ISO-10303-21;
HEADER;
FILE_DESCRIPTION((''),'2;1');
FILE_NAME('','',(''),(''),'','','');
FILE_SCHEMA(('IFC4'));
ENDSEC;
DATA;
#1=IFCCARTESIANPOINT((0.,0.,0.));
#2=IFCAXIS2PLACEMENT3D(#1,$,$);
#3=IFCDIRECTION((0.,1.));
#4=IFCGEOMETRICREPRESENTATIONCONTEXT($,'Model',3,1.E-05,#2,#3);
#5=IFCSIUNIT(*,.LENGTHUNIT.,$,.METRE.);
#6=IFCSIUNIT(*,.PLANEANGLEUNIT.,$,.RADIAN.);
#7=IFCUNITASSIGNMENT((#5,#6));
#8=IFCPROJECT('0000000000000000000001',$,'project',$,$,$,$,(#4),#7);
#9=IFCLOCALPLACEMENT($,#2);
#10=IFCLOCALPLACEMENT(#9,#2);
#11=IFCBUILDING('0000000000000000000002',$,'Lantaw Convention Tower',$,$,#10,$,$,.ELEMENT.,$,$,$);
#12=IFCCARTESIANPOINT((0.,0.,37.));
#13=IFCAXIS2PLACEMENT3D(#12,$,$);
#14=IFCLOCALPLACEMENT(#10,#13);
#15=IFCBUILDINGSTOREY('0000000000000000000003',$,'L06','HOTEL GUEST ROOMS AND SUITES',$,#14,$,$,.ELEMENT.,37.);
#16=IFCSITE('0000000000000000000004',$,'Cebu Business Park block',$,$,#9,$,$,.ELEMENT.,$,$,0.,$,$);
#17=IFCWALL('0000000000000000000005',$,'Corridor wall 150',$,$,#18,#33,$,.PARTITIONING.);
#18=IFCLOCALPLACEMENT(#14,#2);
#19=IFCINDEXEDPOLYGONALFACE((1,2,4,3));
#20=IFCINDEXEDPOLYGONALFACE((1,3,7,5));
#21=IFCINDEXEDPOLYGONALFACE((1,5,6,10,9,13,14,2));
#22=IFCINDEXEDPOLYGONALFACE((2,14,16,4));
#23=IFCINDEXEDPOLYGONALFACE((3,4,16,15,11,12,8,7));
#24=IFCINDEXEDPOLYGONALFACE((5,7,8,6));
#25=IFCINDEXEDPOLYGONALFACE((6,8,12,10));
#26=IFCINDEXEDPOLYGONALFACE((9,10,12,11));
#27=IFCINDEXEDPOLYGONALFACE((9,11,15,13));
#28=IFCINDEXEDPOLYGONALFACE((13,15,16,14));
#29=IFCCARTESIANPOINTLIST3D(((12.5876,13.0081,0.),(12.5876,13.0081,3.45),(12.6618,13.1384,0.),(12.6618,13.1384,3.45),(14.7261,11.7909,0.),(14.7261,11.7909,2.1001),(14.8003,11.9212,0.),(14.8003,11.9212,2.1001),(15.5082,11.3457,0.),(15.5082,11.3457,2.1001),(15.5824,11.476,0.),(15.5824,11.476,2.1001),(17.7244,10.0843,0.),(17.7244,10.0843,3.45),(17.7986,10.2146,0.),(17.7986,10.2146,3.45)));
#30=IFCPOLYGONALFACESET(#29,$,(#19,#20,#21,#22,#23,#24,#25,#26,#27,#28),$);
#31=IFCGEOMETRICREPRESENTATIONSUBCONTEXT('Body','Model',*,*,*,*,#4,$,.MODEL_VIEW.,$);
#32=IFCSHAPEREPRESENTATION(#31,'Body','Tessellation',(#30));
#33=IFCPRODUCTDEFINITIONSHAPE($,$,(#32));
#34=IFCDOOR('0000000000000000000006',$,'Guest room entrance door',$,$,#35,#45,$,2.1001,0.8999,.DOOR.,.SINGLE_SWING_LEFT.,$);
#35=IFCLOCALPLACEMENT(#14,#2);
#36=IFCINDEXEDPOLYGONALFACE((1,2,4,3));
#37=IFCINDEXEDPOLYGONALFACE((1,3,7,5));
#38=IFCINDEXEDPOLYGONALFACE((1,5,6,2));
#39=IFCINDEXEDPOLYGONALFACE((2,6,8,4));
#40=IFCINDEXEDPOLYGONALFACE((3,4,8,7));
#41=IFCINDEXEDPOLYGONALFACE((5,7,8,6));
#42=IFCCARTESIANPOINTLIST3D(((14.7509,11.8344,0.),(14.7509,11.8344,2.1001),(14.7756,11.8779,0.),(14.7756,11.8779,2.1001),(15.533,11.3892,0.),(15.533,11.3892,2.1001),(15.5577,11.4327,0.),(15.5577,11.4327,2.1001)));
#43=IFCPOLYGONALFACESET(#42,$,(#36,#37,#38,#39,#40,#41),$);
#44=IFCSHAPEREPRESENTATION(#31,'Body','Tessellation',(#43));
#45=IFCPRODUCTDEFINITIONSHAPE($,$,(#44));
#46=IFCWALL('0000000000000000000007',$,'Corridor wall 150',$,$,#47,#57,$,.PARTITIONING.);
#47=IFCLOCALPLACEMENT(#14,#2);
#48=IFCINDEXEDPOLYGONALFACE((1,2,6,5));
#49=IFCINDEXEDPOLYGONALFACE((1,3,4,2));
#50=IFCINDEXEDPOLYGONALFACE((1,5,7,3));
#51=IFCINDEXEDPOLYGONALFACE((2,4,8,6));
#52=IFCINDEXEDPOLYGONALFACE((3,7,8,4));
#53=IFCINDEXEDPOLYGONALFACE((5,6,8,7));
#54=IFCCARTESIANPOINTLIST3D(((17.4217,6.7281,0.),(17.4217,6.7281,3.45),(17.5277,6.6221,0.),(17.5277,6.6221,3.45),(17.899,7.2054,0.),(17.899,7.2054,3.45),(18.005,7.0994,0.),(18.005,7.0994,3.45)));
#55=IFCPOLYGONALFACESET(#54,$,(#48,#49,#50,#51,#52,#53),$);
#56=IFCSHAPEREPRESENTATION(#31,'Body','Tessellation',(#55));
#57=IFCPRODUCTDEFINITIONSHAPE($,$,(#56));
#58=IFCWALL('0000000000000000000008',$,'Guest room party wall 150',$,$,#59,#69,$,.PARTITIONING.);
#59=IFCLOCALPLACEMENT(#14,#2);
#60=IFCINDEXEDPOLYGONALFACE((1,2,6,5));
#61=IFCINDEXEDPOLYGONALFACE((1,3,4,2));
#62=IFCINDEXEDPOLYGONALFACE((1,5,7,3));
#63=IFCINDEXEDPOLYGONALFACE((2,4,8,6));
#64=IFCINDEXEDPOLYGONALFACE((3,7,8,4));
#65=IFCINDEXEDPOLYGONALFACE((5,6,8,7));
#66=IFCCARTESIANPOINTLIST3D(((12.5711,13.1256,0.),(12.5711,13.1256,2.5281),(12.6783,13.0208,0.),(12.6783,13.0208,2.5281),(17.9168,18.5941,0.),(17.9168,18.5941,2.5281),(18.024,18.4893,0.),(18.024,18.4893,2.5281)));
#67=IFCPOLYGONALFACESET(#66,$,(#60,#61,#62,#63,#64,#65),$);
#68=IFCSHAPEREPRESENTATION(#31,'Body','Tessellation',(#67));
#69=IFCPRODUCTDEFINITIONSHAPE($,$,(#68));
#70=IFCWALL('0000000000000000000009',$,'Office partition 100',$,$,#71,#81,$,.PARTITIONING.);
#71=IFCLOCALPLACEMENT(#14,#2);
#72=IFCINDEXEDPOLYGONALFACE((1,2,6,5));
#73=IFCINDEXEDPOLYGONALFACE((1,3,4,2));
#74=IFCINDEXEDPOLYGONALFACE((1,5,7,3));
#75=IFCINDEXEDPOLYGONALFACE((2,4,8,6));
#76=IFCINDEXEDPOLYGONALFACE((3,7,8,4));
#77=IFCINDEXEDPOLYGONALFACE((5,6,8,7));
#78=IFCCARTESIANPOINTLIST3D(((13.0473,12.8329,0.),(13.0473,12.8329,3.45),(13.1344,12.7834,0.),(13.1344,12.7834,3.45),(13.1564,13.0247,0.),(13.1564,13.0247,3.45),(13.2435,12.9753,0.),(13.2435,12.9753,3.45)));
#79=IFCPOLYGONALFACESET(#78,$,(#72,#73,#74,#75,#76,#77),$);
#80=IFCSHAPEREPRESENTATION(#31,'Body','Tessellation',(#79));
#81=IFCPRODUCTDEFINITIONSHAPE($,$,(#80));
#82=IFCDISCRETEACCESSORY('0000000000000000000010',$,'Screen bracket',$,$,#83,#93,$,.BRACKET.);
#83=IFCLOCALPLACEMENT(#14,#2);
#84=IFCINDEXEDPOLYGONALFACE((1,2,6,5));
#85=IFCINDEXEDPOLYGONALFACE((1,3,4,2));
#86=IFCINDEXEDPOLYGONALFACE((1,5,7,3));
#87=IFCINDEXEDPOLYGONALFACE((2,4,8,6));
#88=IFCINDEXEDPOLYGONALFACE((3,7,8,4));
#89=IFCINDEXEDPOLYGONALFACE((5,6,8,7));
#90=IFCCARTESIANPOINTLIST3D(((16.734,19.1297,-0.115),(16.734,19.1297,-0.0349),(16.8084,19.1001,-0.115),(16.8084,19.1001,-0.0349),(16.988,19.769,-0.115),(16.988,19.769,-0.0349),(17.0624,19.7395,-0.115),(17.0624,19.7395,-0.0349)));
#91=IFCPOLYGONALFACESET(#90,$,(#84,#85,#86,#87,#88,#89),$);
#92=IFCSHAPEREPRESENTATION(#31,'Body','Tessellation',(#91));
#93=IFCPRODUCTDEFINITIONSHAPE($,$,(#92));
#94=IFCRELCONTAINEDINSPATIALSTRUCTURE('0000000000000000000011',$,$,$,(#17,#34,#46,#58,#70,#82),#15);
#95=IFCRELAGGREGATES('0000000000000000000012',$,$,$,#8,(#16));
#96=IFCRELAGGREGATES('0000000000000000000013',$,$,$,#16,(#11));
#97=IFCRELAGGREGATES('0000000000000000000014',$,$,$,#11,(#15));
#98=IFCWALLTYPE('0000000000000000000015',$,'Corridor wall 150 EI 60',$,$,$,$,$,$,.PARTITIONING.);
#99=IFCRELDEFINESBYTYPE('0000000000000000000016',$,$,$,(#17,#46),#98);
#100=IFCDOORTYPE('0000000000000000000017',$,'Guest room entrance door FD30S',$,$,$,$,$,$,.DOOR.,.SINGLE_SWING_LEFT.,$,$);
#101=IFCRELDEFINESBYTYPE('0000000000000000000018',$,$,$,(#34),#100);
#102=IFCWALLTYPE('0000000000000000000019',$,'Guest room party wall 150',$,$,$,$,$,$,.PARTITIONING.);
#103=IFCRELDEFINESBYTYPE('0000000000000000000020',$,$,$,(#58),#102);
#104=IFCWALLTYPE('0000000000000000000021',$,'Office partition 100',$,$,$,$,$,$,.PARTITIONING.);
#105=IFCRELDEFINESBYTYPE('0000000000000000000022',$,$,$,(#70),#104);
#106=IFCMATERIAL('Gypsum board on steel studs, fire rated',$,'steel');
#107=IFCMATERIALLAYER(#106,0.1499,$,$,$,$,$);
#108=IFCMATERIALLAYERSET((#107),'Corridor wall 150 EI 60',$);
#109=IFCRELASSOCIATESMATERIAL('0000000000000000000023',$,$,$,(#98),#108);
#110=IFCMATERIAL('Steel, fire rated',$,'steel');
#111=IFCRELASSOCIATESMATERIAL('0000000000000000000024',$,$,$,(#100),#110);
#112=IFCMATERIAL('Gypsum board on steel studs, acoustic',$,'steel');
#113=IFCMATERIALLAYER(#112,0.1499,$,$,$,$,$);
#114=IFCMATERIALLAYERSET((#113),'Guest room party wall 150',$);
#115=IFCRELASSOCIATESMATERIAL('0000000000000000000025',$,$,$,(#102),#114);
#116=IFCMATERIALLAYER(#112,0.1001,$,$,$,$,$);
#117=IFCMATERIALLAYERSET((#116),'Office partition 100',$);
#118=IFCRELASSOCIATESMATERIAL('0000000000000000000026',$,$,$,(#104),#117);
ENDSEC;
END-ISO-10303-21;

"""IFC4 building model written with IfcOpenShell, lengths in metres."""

from ifc_helpers import new_model, si_unit, direction, frame, frame_2d, origin, origin_2d, place, context, subcontext, project, spatial, rectangle, extrude, material, layer, layer_set, type_object, element, fill, save


model = new_model("IFC4")

# Units and contexts
model_context = context("Model", 3, precision=1e-05, world=origin(), true_north=direction((0.0, 1.0)))
body_context = subcontext(model_context, "Body", "Model", "MODEL_VIEW")
ifc_project = project(units=[si_unit("LENGTHUNIT", "METRE"), si_unit("PLANEANGLEUNIT", "RADIAN")], contexts=[model_context])

# Site, building, storey
site_placement = place(None, origin())
site = spatial("IfcSite", under=ifc_project, at=site_placement, Name="Cebu Business Park block", CompositionType="ELEMENT", RefElevation=0.0)
building_placement = place(site_placement, origin())
building = spatial("IfcBuilding", under=site, at=building_placement, Name="Lantaw Convention Tower", CompositionType="ELEMENT")
storey_placement = place(building_placement, frame((0.0, 0.0, 37.0)))
storey = spatial("IfcBuildingStorey", under=building, at=storey_placement, Name="L06", Description="HOTEL GUEST ROOMS AND SUITES", CompositionType="ELEMENT", Elevation=37.0)

# Wall, opening, door
ifc_material_1 = material(Name="Gypsum board on steel studs, fire rated", Category="steel")
ifc_layer_1 = layer(ifc_material_1, 0.1499)
ifc_layer_set_1 = layer_set([ifc_layer_1], Name="Corridor wall 150 EI 60")
wall_type_1 = type_object("IfcWallType", Name="Corridor wall 150 EI 60", PredefinedType="PARTITIONING", material=ifc_layer_set_1)
wall_1_placement = place(storey_placement, frame((17.7615, 10.1494, 0.0), z_axis=(0.0, 0.0, 1.0), x_axis=(-0.869076, 0.494679, 0.0)))
wall_1 = element("IfcWall", 1, at=wall_1_placement, inside=storey, type_object=wall_type_1, Name="Corridor wall 150", PredefinedType="PARTITIONING", context=body_context, shape_type="SweptSolid", body=[
    extrude(rectangle(XDim=5.9106, YDim=0.1499, at=frame_2d((2.9553, 0.0))), origin(), (0.0, 0.0, 1.0), 3.45),
])
opening_1_placement = place(wall_1_placement, frame((2.55, 0.0, 0.0)))
opening_1 = element("IfcOpeningElement", 2, at=opening_1_placement, cuts=wall_1, PredefinedType="OPENING", context=body_context, shape_type="SweptSolid", body=[
    extrude(rectangle(XDim=0.8999, YDim=2.1001, at=frame_2d((0.45, 1.05))), frame((0.0, 0.085, 0.0), z_axis=(0.0, -1.0, 0.0), x_axis=(1.0, 0.0, 0.0)), (0.0, 0.0, 1.0), 0.1699),
])
ifc_material_2 = material(Name="Steel, fire rated", Category="steel")
door_type_1 = type_object("IfcDoorType", Name="Guest room entrance door FD30S", OperationType="SINGLE_SWING_LEFT", PredefinedType="DOOR", material=ifc_material_2)
door_1_placement = place(opening_1_placement, origin())
door_1 = element("IfcDoor", 3, at=door_1_placement, inside=storey, type_object=door_type_1, Name="Guest room entrance door", OperationType="SINGLE_SWING_LEFT", OverallHeight=2.1001, OverallWidth=0.8999, PredefinedType="DOOR", context=body_context, shape_type="SweptSolid", body=[
    extrude(rectangle(XDim=0.8999, YDim=2.1001, at=frame_2d((0.45, 1.05))), frame((0.0, 0.0249, 0.0), z_axis=(0.0, -1.0, 0.0), x_axis=(1.0, 0.0, 0.0)), (0.0, 0.0, 1.0), 0.05),
])
fill(opening_1, door_1)

# Walls
wall_2_placement = place(storey_placement, frame((17.9519, 7.1523, 0.0), z_axis=(0.0, 0.0, 1.0), x_axis=(-0.707107, -0.707107, 0.0)))
element("IfcWall", 4, at=wall_2_placement, inside=storey, type_object=wall_type_1, Name="Corridor wall 150", PredefinedType="PARTITIONING", context=body_context, shape_type="SweptSolid", body=[
    extrude(rectangle(XDim=0.675, YDim=0.1499, at=frame_2d((0.3374, 0.0))), origin(), (0.0, 0.0, 1.0), 3.45),
])
ifc_material_3 = material(Name="Gypsum board on steel studs, acoustic", Category="steel")
ifc_layer_2 = layer(ifc_material_3, 0.1499)
ifc_layer_set_2 = layer_set([ifc_layer_2], Name="Guest room party wall 150")
wall_type_2 = type_object("IfcWallType", Name="Guest room party wall 150", PredefinedType="PARTITIONING", material=ifc_layer_set_2)
wall_3_placement = place(storey_placement, frame((17.9705, 18.5417, 0.0), z_axis=(0.0, 0.0, 1.0), x_axis=(-0.699032, -0.71509, 0.0)))
element("IfcWall", 5, at=wall_3_placement, inside=storey, type_object=wall_type_2, Name="Guest room party wall 150", PredefinedType="PARTITIONING", context=body_context, shape_type="SweptSolid", body=[
    extrude(rectangle(XDim=7.6472, YDim=0.1499, at=frame_2d((3.8237, 0.0))), origin(), (0.0, 0.0, 1.0), 2.5281),
])
ifc_layer_3 = layer(ifc_material_3, 0.1001)
ifc_layer_set_3 = layer_set([ifc_layer_3], Name="Office partition 100")
wall_type_3 = type_object("IfcWallType", Name="Office partition 100", PredefinedType="PARTITIONING", material=ifc_layer_set_3)
wall_4_placement = place(storey_placement, frame((13.2, 13.0, 0.0), z_axis=(0.0, 0.0, 1.0), x_axis=(-0.494351, -0.869262, 0.0)))
element("IfcWall", 6, at=wall_4_placement, inside=storey, type_object=wall_type_3, Name="Office partition 100", PredefinedType="PARTITIONING", context=body_context, shape_type="SweptSolid", body=[
    extrude(rectangle(XDim=0.2207, YDim=0.1001, at=frame_2d((0.1104, 0.0))), origin(), (0.0, 0.0, 1.0), 3.45),
])

# Discrete accessory
discrete_accessory_placement = place(storey_placement, frame((16.8982, 19.4346, -0.115), z_axis=(0.0, 0.0, 1.0), x_axis=(-0.929361, 0.369172, 0.0)))
element("IfcDiscreteAccessory", 7, at=discrete_accessory_placement, inside=storey, Name="Screen bracket", PredefinedType="BRACKET", context=body_context, shape_type="SweptSolid", body=[
    extrude(rectangle(XDim=0.0801, YDim=0.688, at=origin_2d()), origin(), (0.0, 0.0, 1.0), 0.0801),
])

save(model, "model.ifc")
